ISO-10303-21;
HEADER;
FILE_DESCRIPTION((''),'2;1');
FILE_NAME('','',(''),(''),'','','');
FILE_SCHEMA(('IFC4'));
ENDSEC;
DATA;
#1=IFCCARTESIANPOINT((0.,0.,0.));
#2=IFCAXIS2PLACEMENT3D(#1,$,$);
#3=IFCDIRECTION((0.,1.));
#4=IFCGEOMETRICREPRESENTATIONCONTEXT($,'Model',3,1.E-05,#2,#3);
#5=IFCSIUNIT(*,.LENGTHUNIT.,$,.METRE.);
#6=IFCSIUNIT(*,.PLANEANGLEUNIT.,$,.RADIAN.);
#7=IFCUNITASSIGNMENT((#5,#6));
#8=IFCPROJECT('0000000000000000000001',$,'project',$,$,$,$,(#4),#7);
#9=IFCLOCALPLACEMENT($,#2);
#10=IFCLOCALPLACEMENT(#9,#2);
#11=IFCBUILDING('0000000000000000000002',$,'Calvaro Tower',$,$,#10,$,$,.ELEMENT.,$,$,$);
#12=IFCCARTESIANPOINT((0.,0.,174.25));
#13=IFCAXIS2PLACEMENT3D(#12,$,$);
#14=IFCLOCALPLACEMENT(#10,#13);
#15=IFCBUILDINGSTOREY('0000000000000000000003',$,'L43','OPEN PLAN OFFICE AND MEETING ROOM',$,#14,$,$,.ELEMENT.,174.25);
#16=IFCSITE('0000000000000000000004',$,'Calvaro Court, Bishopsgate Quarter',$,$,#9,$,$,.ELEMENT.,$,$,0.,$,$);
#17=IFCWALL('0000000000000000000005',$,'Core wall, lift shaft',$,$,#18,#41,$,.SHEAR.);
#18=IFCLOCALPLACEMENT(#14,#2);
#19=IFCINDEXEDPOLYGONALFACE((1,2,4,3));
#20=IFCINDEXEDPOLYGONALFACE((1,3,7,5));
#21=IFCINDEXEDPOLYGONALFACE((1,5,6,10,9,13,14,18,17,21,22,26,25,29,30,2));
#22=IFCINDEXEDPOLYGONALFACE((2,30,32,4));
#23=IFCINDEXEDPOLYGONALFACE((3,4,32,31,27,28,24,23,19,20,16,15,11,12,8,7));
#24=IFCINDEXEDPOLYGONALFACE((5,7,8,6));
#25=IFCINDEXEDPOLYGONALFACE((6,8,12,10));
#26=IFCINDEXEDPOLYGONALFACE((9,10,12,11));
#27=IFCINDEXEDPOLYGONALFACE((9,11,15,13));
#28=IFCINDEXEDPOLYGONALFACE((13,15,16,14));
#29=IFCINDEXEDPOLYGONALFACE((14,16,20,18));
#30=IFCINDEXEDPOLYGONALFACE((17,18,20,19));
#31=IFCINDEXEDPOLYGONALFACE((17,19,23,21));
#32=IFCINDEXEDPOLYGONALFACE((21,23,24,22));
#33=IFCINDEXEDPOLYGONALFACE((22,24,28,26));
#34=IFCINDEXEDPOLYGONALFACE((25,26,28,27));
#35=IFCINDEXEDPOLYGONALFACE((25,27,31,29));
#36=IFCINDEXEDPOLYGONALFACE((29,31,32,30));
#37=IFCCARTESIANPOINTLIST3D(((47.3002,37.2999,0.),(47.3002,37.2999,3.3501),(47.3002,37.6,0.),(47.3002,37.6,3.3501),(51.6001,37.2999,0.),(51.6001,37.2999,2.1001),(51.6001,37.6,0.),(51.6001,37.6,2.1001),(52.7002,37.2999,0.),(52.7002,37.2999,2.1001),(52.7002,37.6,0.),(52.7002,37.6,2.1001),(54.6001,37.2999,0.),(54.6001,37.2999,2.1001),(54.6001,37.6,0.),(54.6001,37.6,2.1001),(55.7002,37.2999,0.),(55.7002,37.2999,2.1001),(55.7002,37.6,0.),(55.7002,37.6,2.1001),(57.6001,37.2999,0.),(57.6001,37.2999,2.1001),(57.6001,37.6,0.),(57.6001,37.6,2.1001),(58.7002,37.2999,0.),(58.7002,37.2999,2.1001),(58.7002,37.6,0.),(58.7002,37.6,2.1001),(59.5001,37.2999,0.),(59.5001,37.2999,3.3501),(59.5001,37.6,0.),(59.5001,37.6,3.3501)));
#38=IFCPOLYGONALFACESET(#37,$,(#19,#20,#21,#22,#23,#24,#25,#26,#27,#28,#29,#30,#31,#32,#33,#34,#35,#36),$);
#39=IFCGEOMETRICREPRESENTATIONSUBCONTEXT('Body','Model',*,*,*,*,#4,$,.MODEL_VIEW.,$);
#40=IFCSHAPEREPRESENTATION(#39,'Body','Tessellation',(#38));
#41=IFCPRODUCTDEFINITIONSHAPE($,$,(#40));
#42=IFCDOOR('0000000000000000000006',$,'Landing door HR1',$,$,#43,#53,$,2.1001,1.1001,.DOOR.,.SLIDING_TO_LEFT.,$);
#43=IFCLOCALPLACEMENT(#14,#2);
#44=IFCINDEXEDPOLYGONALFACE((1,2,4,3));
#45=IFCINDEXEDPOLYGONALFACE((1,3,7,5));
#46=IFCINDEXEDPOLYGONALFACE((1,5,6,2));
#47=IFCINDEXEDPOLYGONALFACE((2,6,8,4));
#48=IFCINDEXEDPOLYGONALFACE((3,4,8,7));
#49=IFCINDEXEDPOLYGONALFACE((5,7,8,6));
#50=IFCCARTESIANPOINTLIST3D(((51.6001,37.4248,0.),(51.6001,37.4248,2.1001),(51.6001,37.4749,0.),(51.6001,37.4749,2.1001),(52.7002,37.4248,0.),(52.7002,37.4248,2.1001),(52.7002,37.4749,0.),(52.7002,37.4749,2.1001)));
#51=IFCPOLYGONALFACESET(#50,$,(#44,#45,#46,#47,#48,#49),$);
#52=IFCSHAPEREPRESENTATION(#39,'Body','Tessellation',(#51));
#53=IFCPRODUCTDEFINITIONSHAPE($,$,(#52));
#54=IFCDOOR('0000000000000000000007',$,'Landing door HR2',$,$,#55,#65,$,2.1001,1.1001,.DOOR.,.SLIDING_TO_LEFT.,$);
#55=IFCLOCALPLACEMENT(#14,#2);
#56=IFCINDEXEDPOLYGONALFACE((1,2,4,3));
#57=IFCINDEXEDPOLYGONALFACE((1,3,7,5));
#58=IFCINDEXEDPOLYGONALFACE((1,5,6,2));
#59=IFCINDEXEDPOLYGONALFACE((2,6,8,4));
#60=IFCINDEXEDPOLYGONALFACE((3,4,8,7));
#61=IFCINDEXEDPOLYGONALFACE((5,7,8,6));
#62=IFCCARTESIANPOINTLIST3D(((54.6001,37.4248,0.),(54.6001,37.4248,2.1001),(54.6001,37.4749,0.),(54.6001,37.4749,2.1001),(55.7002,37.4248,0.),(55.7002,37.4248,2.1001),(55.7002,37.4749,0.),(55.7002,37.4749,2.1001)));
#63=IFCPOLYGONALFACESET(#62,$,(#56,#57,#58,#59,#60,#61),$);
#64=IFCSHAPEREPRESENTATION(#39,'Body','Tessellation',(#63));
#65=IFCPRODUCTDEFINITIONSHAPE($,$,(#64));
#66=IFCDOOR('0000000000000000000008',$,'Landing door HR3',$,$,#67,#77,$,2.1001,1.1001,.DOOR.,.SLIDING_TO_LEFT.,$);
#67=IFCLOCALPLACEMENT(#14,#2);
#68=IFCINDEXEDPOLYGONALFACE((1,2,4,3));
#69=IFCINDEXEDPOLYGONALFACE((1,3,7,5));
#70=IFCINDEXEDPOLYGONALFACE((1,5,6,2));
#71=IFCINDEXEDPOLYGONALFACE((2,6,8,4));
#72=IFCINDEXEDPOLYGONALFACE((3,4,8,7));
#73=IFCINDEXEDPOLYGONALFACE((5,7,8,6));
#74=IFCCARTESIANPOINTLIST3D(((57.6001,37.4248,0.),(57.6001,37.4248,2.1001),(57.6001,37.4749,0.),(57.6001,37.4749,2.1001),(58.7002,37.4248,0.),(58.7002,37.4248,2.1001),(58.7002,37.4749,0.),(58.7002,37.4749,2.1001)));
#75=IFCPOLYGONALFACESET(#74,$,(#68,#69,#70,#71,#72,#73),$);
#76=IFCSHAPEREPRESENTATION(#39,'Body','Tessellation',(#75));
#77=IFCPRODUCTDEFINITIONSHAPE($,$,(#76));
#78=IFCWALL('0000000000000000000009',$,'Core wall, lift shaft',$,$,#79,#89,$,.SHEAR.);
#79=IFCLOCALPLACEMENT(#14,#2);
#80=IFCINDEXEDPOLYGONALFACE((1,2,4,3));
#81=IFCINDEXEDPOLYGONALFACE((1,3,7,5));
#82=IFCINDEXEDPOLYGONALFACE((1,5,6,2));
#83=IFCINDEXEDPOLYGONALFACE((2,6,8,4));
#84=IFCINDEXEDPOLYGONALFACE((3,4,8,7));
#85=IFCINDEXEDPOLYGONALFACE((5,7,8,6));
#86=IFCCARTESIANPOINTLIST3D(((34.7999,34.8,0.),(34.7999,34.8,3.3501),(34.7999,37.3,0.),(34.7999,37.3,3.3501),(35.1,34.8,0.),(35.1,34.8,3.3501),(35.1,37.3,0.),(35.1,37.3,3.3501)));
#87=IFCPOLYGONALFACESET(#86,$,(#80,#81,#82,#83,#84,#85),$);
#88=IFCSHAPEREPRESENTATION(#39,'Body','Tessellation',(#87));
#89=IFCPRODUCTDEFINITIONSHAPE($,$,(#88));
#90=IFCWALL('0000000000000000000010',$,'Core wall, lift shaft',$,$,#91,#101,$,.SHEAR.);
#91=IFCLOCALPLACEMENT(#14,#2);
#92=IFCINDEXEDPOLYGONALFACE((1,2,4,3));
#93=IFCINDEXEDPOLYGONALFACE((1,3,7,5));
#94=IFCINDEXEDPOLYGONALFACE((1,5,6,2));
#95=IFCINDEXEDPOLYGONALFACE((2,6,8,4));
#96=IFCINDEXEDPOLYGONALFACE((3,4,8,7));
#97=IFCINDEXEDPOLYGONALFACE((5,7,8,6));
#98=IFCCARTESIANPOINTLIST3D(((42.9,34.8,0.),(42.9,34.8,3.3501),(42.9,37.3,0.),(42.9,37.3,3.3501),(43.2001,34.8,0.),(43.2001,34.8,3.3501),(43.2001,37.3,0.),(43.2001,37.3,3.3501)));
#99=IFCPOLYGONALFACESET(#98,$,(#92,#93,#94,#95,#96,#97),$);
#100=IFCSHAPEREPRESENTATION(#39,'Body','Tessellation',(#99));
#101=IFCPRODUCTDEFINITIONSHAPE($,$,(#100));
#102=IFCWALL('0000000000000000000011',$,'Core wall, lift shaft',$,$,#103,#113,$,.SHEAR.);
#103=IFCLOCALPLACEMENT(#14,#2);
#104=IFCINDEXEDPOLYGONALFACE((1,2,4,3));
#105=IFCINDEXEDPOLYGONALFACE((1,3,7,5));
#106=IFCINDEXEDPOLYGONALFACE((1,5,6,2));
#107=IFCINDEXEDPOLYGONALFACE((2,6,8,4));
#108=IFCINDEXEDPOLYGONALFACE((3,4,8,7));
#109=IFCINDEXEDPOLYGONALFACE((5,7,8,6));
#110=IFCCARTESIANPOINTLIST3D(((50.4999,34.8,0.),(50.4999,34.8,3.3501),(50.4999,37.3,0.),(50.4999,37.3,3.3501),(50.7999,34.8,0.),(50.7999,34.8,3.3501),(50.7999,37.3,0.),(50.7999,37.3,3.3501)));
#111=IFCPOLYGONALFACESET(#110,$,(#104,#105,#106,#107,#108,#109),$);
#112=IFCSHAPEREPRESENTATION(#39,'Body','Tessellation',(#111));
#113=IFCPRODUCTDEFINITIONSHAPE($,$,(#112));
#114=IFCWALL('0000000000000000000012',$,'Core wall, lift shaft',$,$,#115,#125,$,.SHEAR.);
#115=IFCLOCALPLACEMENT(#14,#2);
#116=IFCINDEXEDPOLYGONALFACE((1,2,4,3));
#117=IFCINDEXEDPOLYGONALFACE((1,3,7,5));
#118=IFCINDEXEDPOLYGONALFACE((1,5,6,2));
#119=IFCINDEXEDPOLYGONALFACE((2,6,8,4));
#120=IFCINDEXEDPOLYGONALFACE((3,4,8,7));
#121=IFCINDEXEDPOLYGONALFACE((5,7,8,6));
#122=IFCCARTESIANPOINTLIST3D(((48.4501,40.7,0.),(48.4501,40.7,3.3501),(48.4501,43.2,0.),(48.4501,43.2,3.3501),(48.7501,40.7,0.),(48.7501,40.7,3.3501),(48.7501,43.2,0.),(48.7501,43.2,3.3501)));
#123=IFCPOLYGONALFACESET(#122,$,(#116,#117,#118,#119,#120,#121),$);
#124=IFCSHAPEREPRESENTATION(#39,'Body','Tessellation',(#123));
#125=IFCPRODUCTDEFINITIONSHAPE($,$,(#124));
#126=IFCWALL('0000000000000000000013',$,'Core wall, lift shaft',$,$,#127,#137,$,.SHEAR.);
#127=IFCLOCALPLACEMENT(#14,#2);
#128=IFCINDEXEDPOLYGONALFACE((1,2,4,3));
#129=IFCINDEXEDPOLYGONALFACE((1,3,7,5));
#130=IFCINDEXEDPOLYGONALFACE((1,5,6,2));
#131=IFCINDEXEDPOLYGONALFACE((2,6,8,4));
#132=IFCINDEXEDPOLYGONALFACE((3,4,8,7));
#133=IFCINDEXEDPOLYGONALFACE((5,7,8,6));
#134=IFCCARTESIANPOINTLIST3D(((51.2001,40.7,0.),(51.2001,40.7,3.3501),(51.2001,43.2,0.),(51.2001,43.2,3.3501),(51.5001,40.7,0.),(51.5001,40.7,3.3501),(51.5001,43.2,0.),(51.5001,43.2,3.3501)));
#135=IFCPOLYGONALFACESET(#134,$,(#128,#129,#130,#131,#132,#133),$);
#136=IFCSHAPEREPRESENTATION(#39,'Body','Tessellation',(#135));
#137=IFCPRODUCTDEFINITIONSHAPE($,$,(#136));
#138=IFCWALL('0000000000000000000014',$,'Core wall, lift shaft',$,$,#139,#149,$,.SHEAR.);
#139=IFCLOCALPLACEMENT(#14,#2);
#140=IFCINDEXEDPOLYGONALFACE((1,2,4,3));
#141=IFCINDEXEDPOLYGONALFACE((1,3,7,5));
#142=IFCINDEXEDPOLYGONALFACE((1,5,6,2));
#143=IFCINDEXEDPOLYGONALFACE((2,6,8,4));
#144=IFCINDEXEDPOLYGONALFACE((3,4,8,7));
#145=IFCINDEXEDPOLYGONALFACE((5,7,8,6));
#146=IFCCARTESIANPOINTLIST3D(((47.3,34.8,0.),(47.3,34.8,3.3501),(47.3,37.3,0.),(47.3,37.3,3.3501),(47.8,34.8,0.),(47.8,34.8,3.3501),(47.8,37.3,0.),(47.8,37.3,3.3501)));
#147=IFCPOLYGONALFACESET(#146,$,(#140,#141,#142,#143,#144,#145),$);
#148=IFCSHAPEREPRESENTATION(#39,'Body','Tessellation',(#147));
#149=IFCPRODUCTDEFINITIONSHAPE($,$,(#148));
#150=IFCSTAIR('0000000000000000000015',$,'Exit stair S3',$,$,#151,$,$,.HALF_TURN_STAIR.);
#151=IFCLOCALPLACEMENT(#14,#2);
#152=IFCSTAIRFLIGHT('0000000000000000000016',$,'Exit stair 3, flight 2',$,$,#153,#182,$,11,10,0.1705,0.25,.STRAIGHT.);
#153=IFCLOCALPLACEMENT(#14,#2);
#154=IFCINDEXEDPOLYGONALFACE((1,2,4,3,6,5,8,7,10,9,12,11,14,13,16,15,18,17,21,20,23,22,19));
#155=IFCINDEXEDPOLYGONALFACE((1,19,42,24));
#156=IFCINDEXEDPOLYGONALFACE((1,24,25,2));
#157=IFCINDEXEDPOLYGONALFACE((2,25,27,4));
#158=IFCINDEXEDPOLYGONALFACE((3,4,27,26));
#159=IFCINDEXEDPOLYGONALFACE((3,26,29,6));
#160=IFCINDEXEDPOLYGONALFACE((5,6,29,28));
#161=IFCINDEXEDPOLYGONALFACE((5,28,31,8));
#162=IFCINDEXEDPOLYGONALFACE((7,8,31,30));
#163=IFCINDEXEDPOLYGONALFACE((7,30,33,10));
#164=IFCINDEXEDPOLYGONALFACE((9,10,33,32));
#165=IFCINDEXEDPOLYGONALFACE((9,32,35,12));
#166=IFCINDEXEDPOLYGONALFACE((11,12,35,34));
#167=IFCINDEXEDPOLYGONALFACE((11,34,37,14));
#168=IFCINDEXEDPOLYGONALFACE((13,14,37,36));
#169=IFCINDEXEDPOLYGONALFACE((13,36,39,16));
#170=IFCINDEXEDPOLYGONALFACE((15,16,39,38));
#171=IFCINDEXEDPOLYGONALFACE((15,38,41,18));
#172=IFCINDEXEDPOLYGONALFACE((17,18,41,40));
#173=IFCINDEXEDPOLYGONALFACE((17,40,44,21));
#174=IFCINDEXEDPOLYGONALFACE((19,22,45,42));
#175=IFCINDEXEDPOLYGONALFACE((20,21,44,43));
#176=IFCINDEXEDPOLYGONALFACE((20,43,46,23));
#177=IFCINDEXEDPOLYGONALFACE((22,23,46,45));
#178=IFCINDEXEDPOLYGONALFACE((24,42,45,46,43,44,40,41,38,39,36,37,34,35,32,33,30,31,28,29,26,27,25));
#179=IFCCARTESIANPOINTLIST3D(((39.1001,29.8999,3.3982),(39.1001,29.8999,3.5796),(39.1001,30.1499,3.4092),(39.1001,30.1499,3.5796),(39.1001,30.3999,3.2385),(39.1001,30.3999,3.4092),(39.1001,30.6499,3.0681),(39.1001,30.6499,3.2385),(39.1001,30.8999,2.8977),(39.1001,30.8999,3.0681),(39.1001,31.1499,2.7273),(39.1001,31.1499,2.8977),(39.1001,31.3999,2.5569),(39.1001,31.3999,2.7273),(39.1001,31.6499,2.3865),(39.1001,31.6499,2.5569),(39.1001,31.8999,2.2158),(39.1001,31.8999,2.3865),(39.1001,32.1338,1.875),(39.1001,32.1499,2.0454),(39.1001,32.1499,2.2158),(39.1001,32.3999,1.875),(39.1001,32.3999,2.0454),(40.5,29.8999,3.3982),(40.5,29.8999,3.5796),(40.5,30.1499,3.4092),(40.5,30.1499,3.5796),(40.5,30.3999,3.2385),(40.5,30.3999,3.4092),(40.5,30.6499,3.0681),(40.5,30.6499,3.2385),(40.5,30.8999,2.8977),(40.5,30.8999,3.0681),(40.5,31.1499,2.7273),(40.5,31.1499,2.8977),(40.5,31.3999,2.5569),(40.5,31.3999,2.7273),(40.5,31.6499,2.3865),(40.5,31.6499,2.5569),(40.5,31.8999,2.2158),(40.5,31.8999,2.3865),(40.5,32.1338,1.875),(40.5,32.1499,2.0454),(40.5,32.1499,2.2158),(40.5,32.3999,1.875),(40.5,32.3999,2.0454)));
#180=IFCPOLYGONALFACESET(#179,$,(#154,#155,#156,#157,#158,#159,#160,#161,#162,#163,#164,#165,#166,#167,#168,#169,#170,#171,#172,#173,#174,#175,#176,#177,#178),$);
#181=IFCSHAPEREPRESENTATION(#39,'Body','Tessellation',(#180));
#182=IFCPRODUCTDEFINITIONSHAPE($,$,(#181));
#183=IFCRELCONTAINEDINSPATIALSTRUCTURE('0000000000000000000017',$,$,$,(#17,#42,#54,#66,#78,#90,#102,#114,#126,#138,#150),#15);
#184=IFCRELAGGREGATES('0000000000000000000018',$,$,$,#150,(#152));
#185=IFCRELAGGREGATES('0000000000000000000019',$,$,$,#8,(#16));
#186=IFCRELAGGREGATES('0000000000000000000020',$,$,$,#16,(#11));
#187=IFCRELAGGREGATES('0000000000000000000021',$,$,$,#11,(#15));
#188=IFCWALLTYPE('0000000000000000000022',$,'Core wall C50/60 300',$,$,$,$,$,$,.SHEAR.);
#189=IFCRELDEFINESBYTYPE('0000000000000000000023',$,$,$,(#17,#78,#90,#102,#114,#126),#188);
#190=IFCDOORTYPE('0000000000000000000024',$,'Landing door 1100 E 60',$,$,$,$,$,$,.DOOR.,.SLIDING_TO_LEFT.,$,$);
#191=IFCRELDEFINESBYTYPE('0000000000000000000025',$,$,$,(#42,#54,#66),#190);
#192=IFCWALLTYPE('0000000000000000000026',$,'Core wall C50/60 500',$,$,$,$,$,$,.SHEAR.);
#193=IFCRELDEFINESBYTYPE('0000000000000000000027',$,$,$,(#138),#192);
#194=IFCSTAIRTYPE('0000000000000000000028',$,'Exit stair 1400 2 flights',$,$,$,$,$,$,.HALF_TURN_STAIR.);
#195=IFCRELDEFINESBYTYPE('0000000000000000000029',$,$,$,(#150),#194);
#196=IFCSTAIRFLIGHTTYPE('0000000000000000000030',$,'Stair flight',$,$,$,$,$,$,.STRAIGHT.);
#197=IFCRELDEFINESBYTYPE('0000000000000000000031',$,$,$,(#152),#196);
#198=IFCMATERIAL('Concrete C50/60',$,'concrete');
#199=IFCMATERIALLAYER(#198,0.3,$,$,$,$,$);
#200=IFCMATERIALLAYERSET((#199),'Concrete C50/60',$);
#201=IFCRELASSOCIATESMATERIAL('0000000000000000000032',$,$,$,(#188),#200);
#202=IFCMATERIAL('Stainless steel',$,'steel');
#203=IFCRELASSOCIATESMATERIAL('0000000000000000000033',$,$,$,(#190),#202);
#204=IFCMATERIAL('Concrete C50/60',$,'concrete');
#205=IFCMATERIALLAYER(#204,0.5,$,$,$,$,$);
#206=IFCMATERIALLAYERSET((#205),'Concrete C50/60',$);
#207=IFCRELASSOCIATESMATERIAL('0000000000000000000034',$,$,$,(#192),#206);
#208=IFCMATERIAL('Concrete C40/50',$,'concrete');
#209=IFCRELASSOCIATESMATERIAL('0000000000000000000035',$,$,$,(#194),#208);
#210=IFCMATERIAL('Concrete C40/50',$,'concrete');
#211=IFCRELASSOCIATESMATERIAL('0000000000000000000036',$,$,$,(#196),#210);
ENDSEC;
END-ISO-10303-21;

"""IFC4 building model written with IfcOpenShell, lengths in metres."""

from ifc_helpers import new_model, si_unit, direction, frame, frame_2d, origin, place, context, subcontext, project, spatial, polyline, rectangle, outline, extrude, material, layer, layer_set, type_object, element, fill, aggregate, save


model = new_model("IFC4")

# Units and contexts
model_context = context("Model", 3, precision=1e-05, world=origin(), true_north=direction((0.0, 1.0)))
body_context = subcontext(model_context, "Body", "Model", "MODEL_VIEW")
ifc_project = project(units=[si_unit("LENGTHUNIT", "METRE"), si_unit("PLANEANGLEUNIT", "RADIAN")], contexts=[model_context])

# Site, building, storey
site_placement = place(None, origin())
site = spatial("IfcSite", under=ifc_project, at=site_placement, Name="Calvaro Court, Bishopsgate Quarter", CompositionType="ELEMENT", RefElevation=0.0)
building_placement = place(site_placement, origin())
building = spatial("IfcBuilding", under=site, at=building_placement, Name="Calvaro Tower", CompositionType="ELEMENT")
storey_placement = place(building_placement, frame((0.0, 0.0, 174.25)))
storey = spatial("IfcBuildingStorey", under=building, at=storey_placement, Name="L43", Description="OPEN PLAN OFFICE AND MEETING ROOM", CompositionType="ELEMENT", Elevation=174.25)

# Shared definitions
ifc_material_1 = material(Name="Concrete C50/60", Category="concrete")
ifc_layer_1 = layer(ifc_material_1, 0.3)
ifc_layer_set_1 = layer_set([ifc_layer_1], Name="Concrete C50/60")
wall_type_1 = type_object("IfcWallType", Name="Core wall C50/60 300", PredefinedType="SHEAR", material=ifc_layer_set_1)
ifc_material_2 = material(Name="Stainless steel", Category="steel")
door_type_1 = type_object("IfcDoorType", Name="Landing door 1100 E 60", OperationType="SLIDING_TO_LEFT", PredefinedType="DOOR", material=ifc_material_2)

# Wall, openings, doors
wall_1_placement = place(storey_placement, frame((47.3, 37.45, 0.0), z_axis=(0.0, 0.0, 1.0), x_axis=(1.0, 0.0, 0.0)))
wall_1 = element("IfcWall", 1, at=wall_1_placement, inside=storey, type_object=wall_type_1, Name="Core wall, lift shaft", PredefinedType="SHEAR", context=body_context, shape_type="SweptSolid", body=[
    extrude(rectangle(XDim=12.2, YDim=0.3, at=frame_2d((6.1001, 0.0))), origin(), (0.0, 0.0, 1.0), 3.3501),
])
opening_1_placement = place(wall_1_placement, frame((4.3, 0.0, 0.0)))
opening_1 = element("IfcOpeningElement", 2, at=opening_1_placement, cuts=wall_1, PredefinedType="OPENING", context=body_context, shape_type="SweptSolid", body=[
    extrude(rectangle(XDim=1.1001, YDim=2.1001, at=frame_2d((0.55, 1.05))), frame((0.0, 0.1599, 0.0), z_axis=(0.0, -1.0, 0.0), x_axis=(1.0, 0.0, 0.0)), (0.0, 0.0, 1.0), 0.3201),
])
opening_2_placement = place(wall_1_placement, frame((7.3, 0.0, 0.0)))
opening_2 = element("IfcOpeningElement", 3, at=opening_2_placement, cuts=wall_1, PredefinedType="OPENING", context=body_context, shape_type="SweptSolid", body=[
    extrude(rectangle(XDim=1.1001, YDim=2.1001, at=frame_2d((0.55, 1.05))), frame((0.0, 0.1599, 0.0), z_axis=(0.0, -1.0, 0.0), x_axis=(1.0, 0.0, 0.0)), (0.0, 0.0, 1.0), 0.3201),
])
opening_3_placement = place(wall_1_placement, frame((10.3, 0.0, 0.0)))
opening_3 = element("IfcOpeningElement", 4, at=opening_3_placement, cuts=wall_1, PredefinedType="OPENING", context=body_context, shape_type="SweptSolid", body=[
    extrude(rectangle(XDim=1.1001, YDim=2.1001, at=frame_2d((0.55, 1.05))), frame((0.0, 0.1599, 0.0), z_axis=(0.0, -1.0, 0.0), x_axis=(1.0, 0.0, 0.0)), (0.0, 0.0, 1.0), 0.3201),
])
door_1_placement = place(opening_1_placement, origin())
door_1 = element("IfcDoor", 5, at=door_1_placement, inside=storey, type_object=door_type_1, Name="Landing door HR1", OperationType="SLIDING_TO_LEFT", OverallHeight=2.1001, OverallWidth=1.1001, PredefinedType="DOOR", context=body_context, shape_type="SweptSolid", body=[
    extrude(rectangle(XDim=1.1001, YDim=2.1001, at=frame_2d((0.55, 1.05))), frame((0.0, 0.0249, 0.0), z_axis=(0.0, -1.0, 0.0), x_axis=(1.0, 0.0, 0.0)), (0.0, 0.0, 1.0), 0.05),
])
fill(opening_1, door_1)
door_2_placement = place(opening_2_placement, origin())
door_2 = element("IfcDoor", 6, at=door_2_placement, inside=storey, type_object=door_type_1, Name="Landing door HR2", OperationType="SLIDING_TO_LEFT", OverallHeight=2.1001, OverallWidth=1.1001, PredefinedType="DOOR", context=body_context, shape_type="SweptSolid", body=[
    extrude(rectangle(XDim=1.1001, YDim=2.1001, at=frame_2d((0.55, 1.05))), frame((0.0, 0.0249, 0.0), z_axis=(0.0, -1.0, 0.0), x_axis=(1.0, 0.0, 0.0)), (0.0, 0.0, 1.0), 0.05),
])
fill(opening_2, door_2)
door_3_placement = place(opening_3_placement, origin())
door_3 = element("IfcDoor", 7, at=door_3_placement, inside=storey, type_object=door_type_1, Name="Landing door HR3", OperationType="SLIDING_TO_LEFT", OverallHeight=2.1001, OverallWidth=1.1001, PredefinedType="DOOR", context=body_context, shape_type="SweptSolid", body=[
    extrude(rectangle(XDim=1.1001, YDim=2.1001, at=frame_2d((0.55, 1.05))), frame((0.0, 0.0249, 0.0), z_axis=(0.0, -1.0, 0.0), x_axis=(1.0, 0.0, 0.0)), (0.0, 0.0, 1.0), 0.05),
])
fill(opening_3, door_3)

# Walls
for number, where, z_axis, x_axis, name in (
    (8, (34.95, 34.8, 0.0), (0.0, 0.0, 1.0), (0.0, 1.0, 0.0), "Core wall, lift shaft"),
    (9, (43.05, 34.8, 0.0), (0.0, 0.0, 1.0), (0.0, 1.0, 0.0), "Core wall, lift shaft"),
    (10, (50.6499, 34.8, 0.0), (0.0, 0.0, 1.0), (0.0, 1.0, 0.0), "Core wall, lift shaft"),
    (11, (48.6001, 40.7, 0.0), (0.0, 0.0, 1.0), (0.0, 1.0, 0.0), "Core wall, lift shaft"),
    (12, (51.3501, 40.7, 0.0), (0.0, 0.0, 1.0), (0.0, 1.0, 0.0), "Core wall, lift shaft"),
):
    element("IfcWall", number, at=place(storey_placement, frame(where, z_axis=z_axis, x_axis=x_axis)), inside=storey, type_object=wall_type_1, Name=name, PredefinedType="SHEAR", context=body_context, shape_type="SweptSolid", body=[
        extrude(rectangle(XDim=2.5, YDim=0.3, at=frame_2d((1.25, 0.0))), origin(), (0.0, 0.0, 1.0), 3.3501),
    ])
ifc_material_3 = material(Name="Concrete C50/60", Category="concrete")
ifc_layer_2 = layer(ifc_material_3, 0.5)
ifc_layer_set_2 = layer_set([ifc_layer_2], Name="Concrete C50/60")
wall_type_2 = type_object("IfcWallType", Name="Core wall C50/60 500", PredefinedType="SHEAR", material=ifc_layer_set_2)
wall_2_placement = place(storey_placement, frame((47.55, 34.8, 0.0), z_axis=(0.0, 0.0, 1.0), x_axis=(0.0, 1.0, 0.0)))
element("IfcWall", 13, at=wall_2_placement, inside=storey, type_object=wall_type_2, Name="Core wall, lift shaft", PredefinedType="SHEAR", context=body_context, shape_type="SweptSolid", body=[
    extrude(rectangle(XDim=2.5, YDim=0.5, at=frame_2d((1.25, 0.0))), origin(), (0.0, 0.0, 1.0), 3.3501),
])

# Stair, stair flight
ifc_material_4 = material(Name="Concrete C40/50", Category="concrete")
stair_type = type_object("IfcStairType", Name="Exit stair 1400 2 flights", PredefinedType="HALF_TURN_STAIR", material=ifc_material_4)
stair_1_placement = place(storey_placement, origin())
stair_1 = element("IfcStair", 14, at=stair_1_placement, inside=storey, type_object=stair_type, Name="Exit stair S3", PredefinedType="HALF_TURN_STAIR")
ifc_material_5 = material(Name="Concrete C40/50", Category="concrete")
stair_flight_type = type_object("IfcStairFlightType", Name="Stair flight", PredefinedType="STRAIGHT", material=ifc_material_5)
stair_flight_1_placement = place(storey_placement, frame((39.8, 32.3999, 1.875), z_axis=(0.0, 0.0, 1.0), x_axis=(0.0, -1.0, 0.0)))
stair_flight_1 = element("IfcStairFlight", 15, at=stair_flight_1_placement, type_object=stair_flight_type, Name="Exit stair 3, flight 2", NumberOfRisers=11, NumberOfTreads=10, PredefinedType="STRAIGHT", RiserHeight=0.1705, TreadLength=0.25, context=body_context, shape_type="SweptSolid", body=[
    extrude(outline(polyline([(0.0, 0.0), (0.0, 0.1704), (0.25, 0.1704), (0.25, 0.3408), (0.5, 0.3408), (0.5, 0.5115), (0.75, 0.5115), (0.75, 0.6819), (1.0, 0.6819), (1.0, 0.8523), (1.25, 0.8523), (1.25, 1.0227), (1.5, 1.0227), (1.5, 1.1931), (1.75, 1.1931), (1.75, 1.3635), (2.0, 1.3635), (2.0, 1.5342), (2.25, 1.5342), (2.25, 1.7046), (2.5, 1.7046), (2.5, 1.875), (2.5, 1.5232), (0.2661, 0.0), (0.0, 0.0)])), frame((0.0, 0.7, 0.0), z_axis=(0.0, -1.0, 0.0), x_axis=(1.0, 0.0, 0.0)), (0.0, 0.0, 1.0), 1.3999),
])

aggregate(stair_1, [stair_flight_1])

save(model, "model.ifc")
